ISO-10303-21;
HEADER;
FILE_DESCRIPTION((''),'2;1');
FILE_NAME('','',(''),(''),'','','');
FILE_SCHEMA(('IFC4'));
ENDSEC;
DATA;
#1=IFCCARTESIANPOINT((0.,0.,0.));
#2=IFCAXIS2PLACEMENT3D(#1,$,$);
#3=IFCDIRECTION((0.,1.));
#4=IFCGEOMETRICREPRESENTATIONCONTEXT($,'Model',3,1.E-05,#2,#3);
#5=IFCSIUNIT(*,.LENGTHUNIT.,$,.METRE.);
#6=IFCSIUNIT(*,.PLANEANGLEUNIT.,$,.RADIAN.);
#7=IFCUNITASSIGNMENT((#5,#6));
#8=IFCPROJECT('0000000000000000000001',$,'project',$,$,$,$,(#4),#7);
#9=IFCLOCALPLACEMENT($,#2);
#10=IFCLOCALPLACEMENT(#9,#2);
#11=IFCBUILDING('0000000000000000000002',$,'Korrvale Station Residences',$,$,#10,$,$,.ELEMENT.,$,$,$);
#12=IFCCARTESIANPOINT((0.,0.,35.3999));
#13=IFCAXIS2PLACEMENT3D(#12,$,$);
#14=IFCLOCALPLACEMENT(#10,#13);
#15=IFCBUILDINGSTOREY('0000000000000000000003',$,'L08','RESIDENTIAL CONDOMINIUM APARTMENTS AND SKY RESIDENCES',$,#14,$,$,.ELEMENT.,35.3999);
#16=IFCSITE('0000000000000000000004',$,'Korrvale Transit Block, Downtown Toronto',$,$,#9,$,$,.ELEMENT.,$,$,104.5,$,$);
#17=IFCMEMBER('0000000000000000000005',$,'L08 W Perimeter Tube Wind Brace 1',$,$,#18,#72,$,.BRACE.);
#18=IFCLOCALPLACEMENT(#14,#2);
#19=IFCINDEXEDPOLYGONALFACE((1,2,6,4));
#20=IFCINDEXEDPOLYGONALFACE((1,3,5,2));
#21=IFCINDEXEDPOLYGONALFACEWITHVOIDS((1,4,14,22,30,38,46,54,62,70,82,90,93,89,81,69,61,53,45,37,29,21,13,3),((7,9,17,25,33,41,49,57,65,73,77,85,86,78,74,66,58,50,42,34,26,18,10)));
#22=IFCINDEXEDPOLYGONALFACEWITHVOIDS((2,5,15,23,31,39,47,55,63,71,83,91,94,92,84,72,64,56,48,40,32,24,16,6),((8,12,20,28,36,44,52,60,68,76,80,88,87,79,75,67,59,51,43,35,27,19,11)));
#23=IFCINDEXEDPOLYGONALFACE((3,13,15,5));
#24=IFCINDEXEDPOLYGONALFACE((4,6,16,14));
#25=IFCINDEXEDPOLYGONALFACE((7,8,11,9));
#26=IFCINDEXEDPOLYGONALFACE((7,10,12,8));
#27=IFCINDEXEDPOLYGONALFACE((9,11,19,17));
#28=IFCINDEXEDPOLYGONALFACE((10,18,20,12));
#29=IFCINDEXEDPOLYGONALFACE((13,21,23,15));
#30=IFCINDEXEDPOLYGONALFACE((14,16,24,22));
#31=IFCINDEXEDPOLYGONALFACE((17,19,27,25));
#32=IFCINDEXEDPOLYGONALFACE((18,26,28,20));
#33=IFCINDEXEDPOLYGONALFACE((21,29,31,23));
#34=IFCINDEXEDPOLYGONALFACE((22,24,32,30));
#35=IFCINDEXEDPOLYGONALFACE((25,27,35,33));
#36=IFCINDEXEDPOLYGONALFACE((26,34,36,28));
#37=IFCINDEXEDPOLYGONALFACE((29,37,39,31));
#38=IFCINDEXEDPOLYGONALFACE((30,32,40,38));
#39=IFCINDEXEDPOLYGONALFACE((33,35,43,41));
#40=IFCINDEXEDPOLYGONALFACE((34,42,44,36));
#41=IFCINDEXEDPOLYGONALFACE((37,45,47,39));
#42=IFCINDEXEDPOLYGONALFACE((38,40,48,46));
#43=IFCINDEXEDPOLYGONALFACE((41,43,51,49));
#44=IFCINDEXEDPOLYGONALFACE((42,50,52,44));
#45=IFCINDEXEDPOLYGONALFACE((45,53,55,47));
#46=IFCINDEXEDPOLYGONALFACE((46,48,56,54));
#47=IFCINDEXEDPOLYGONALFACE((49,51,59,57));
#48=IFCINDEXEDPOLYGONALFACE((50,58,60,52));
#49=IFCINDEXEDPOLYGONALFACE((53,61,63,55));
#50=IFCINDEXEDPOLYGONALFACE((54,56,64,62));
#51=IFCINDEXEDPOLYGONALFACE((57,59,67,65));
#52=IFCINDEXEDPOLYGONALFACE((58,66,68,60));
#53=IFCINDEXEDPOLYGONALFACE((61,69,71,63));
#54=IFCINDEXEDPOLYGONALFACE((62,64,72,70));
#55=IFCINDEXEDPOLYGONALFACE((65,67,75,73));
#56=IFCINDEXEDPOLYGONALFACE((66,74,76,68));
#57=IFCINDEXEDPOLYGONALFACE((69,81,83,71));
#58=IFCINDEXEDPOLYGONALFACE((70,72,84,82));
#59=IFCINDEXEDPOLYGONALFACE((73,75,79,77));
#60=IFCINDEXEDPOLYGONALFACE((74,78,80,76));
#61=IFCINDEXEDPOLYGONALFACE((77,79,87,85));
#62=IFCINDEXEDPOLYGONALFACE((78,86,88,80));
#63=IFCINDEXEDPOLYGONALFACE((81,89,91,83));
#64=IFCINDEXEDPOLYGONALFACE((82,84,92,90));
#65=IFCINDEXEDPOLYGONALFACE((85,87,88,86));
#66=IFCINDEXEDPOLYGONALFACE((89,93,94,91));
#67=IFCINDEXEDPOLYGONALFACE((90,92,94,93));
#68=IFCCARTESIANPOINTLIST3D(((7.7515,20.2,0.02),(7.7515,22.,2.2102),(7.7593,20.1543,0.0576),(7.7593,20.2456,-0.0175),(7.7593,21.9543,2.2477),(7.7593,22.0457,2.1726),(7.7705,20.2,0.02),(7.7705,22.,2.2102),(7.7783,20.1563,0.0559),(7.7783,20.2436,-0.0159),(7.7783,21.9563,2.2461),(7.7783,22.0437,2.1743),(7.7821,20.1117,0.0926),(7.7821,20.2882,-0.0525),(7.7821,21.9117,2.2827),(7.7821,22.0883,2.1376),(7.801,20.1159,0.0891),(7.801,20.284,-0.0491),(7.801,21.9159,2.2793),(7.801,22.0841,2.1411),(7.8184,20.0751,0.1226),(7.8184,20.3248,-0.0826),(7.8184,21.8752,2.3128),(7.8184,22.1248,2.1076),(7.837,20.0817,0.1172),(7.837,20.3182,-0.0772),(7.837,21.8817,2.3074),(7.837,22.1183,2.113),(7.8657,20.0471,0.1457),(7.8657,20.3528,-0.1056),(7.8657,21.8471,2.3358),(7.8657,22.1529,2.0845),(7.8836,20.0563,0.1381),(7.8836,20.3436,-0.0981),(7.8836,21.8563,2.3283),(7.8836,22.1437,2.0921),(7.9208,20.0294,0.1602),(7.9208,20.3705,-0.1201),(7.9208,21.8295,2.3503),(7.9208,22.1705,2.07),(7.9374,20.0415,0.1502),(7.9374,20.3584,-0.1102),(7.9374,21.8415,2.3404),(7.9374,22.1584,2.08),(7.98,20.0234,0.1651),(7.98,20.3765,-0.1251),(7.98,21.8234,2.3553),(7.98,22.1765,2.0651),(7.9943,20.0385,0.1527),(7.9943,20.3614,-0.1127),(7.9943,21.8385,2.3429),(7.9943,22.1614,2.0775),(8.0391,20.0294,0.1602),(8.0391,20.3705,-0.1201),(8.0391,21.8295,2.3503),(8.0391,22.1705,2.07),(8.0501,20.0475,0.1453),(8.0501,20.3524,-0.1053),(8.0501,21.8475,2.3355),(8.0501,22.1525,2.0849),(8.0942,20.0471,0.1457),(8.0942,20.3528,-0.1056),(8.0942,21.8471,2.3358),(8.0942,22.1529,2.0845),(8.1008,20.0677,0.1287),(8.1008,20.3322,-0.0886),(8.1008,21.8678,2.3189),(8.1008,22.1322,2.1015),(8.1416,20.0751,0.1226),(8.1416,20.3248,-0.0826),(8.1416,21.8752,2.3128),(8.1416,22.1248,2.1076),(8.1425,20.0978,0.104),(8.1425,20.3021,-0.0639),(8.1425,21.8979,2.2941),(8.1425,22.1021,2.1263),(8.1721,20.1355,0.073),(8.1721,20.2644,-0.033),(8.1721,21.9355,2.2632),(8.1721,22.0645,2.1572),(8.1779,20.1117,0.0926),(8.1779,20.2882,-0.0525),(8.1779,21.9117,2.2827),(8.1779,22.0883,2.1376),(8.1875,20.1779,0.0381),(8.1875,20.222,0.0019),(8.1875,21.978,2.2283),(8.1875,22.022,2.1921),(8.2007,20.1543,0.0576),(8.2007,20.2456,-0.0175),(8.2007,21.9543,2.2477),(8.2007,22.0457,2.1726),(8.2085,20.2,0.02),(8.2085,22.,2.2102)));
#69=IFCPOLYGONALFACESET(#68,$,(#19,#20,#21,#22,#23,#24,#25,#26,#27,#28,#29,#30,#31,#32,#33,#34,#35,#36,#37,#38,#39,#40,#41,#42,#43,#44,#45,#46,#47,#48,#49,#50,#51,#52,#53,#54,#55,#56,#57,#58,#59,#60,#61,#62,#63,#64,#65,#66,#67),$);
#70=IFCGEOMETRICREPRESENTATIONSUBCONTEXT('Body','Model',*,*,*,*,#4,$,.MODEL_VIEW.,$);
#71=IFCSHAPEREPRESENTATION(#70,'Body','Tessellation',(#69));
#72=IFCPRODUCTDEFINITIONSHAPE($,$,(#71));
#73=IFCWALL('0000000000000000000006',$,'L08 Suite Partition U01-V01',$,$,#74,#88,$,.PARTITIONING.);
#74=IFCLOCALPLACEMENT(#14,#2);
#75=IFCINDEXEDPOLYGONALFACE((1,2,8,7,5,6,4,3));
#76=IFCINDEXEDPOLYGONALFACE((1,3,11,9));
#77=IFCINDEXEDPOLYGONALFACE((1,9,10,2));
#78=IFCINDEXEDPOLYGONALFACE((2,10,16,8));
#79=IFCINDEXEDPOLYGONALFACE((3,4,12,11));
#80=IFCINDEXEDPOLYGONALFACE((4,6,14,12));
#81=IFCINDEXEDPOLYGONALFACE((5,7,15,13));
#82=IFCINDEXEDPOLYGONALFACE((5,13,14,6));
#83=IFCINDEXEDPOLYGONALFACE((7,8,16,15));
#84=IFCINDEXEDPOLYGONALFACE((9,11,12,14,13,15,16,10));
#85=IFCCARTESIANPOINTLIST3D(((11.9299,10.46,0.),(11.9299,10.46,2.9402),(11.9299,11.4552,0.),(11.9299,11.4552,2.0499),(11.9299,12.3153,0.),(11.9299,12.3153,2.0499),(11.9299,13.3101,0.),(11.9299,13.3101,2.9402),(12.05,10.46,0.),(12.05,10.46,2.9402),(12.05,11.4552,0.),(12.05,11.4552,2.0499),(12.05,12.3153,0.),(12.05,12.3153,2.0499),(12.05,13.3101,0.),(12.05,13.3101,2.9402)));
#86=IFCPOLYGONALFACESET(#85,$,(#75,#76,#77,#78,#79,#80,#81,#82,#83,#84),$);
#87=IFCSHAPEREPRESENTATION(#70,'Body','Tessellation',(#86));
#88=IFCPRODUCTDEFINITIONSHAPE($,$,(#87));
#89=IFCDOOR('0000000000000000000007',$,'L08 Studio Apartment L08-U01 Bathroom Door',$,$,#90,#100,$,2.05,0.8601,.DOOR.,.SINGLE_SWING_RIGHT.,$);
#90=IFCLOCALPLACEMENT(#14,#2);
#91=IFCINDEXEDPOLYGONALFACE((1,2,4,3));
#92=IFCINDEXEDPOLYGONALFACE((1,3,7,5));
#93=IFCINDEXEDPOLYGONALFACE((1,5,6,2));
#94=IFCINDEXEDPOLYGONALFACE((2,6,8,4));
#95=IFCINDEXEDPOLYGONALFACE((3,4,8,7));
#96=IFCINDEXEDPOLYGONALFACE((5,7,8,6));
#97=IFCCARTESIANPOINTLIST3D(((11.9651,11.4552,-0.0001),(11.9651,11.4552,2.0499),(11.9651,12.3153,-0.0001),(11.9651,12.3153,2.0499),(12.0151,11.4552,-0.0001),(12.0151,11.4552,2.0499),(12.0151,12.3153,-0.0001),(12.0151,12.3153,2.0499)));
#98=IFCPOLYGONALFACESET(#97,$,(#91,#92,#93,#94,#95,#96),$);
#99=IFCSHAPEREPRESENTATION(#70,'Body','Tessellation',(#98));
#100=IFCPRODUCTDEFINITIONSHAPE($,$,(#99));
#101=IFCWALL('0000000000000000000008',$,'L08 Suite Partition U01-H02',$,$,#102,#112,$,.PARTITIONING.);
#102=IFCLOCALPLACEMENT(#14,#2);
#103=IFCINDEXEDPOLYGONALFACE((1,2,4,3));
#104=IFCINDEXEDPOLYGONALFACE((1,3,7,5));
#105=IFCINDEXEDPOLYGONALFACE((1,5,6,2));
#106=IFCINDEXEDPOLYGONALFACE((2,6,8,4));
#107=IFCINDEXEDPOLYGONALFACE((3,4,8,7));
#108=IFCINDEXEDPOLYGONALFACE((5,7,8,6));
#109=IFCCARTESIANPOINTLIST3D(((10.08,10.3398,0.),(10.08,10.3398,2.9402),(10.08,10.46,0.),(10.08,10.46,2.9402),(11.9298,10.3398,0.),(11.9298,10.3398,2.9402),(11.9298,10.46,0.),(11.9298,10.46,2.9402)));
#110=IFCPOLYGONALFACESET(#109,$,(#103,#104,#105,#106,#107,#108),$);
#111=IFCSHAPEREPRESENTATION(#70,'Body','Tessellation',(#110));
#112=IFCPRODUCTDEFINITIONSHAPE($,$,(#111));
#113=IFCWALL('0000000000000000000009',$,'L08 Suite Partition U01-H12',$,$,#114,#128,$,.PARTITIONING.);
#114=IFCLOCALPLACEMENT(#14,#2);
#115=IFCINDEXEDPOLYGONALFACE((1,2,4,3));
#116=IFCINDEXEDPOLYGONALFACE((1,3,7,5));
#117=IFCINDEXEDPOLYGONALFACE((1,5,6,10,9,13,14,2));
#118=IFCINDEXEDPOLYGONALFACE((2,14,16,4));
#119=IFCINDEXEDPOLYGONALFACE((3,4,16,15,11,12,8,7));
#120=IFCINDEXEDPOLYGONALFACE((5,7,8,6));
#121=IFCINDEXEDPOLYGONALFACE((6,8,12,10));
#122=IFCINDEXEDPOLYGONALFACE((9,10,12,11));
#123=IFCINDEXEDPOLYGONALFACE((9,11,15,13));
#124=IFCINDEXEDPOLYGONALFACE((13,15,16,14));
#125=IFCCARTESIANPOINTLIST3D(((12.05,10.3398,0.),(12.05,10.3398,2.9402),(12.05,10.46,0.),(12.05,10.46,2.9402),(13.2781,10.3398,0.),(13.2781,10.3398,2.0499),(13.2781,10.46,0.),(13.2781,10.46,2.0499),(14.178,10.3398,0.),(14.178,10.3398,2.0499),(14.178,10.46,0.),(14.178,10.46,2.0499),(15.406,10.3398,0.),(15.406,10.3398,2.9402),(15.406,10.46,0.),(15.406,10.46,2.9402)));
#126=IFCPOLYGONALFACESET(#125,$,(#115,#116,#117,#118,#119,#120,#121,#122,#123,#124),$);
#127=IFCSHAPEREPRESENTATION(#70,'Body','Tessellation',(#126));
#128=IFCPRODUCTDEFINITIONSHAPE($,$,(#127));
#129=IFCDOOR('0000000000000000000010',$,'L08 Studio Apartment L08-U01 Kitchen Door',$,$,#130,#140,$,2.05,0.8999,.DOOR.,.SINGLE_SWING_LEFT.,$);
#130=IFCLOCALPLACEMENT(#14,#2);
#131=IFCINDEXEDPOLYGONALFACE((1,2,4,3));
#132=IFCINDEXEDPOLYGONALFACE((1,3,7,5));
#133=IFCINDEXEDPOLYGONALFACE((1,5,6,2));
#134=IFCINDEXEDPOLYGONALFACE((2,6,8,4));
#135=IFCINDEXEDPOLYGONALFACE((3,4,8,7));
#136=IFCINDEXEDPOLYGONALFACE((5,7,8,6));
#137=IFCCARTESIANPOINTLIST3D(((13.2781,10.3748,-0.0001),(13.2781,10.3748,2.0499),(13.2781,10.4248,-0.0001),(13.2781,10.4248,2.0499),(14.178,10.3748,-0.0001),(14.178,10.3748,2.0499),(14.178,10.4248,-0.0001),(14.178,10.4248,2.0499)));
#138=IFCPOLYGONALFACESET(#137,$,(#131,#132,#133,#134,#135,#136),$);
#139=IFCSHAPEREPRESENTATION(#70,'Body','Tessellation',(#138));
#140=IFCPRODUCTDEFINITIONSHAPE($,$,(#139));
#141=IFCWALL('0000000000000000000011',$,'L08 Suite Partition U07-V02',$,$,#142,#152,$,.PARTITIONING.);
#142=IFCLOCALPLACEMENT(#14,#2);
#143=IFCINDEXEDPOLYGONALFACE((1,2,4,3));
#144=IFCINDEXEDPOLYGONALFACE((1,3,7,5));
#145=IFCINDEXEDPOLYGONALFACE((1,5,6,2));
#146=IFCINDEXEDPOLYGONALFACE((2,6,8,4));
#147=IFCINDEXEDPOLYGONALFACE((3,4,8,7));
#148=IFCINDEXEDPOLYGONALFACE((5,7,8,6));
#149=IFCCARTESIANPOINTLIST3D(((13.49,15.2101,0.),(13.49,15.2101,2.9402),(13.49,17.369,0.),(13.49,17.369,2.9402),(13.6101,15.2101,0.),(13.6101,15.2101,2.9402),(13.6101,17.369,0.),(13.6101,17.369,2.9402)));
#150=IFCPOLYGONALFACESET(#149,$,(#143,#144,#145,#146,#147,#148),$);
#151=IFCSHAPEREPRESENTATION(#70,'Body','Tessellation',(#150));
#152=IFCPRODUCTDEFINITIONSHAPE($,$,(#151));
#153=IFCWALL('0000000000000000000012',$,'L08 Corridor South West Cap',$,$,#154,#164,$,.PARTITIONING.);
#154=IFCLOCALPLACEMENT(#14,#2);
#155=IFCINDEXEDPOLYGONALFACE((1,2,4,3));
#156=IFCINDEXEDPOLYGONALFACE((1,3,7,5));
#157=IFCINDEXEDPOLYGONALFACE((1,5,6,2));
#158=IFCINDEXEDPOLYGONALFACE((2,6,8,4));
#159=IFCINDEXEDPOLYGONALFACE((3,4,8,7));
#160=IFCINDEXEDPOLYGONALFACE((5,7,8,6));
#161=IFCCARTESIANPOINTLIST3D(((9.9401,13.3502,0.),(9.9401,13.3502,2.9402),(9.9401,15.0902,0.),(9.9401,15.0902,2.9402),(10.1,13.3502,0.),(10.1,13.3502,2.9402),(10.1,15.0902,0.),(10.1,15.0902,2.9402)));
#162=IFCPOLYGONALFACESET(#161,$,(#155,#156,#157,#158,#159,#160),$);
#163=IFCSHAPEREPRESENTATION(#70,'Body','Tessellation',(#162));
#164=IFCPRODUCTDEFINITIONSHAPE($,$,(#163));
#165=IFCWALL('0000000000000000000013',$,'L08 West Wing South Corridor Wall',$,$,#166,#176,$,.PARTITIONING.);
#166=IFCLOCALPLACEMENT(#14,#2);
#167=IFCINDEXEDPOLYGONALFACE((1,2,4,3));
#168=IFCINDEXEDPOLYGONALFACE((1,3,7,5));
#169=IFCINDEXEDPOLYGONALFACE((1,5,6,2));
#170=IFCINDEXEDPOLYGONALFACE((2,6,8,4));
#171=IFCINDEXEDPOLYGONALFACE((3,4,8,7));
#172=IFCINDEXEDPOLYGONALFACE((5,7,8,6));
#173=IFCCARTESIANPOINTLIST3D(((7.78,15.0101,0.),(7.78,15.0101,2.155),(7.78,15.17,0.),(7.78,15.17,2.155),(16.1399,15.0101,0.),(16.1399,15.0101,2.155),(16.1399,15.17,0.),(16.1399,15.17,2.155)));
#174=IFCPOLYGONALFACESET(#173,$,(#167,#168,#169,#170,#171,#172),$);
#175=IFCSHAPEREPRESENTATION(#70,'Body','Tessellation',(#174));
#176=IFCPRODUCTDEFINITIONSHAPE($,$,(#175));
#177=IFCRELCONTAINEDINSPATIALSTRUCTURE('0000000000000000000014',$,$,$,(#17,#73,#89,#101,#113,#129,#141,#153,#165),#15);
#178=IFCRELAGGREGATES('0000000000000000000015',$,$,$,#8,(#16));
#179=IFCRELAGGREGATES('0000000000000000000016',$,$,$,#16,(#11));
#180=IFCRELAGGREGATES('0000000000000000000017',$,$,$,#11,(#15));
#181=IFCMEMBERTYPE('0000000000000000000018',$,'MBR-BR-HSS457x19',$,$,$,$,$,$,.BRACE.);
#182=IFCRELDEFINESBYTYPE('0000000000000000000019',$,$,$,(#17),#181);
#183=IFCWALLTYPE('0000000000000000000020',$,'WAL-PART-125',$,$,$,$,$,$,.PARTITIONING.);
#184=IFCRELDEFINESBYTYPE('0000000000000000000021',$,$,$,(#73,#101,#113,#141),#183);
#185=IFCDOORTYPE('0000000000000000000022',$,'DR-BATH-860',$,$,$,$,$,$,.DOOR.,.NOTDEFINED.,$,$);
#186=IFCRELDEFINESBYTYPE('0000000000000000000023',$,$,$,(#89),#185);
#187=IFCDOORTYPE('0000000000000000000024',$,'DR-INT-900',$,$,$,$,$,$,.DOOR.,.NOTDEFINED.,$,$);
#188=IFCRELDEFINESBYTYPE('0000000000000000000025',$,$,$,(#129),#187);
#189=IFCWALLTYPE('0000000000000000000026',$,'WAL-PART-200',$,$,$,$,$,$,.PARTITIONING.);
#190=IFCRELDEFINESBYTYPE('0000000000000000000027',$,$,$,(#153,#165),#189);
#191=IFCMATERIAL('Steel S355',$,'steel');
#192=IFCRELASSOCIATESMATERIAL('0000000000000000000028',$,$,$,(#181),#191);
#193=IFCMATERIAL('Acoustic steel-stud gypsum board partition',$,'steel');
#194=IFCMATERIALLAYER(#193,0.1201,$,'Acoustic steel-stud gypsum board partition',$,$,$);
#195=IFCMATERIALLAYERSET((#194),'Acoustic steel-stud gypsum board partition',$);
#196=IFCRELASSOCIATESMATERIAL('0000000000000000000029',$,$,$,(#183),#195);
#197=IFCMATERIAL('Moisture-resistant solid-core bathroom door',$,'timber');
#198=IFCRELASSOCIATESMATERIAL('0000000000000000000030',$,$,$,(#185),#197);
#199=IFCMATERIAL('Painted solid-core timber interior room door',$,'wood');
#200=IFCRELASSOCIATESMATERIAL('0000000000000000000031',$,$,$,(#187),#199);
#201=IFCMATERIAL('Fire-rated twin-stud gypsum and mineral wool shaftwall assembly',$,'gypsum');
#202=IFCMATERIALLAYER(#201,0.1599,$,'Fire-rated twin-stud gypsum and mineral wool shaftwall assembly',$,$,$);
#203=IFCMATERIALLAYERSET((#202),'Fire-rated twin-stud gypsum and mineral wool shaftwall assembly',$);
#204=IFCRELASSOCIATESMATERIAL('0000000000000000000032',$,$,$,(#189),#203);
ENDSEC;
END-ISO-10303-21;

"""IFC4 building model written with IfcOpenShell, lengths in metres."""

from ifc_helpers import new_model, si_unit, direction, frame, frame_2d, origin, origin_2d, place, context, subcontext, project, spatial, rectangle, hollow_circle, extrude, material, layer, layer_set, material_profile, profile_set, type_object, element, fill, save


model = new_model("IFC4")

# Units and contexts
model_context = context("Model", 3, precision=1e-05, world=origin(), true_north=direction((0.0, 1.0)))
body_context = subcontext(model_context, "Body", "Model", "MODEL_VIEW")
ifc_project = project(units=[si_unit("LENGTHUNIT", "METRE"), si_unit("PLANEANGLEUNIT", "RADIAN")], contexts=[model_context])

# Site, building, storey
site_placement = place(None, origin())
site = spatial("IfcSite", under=ifc_project, at=site_placement, Name="Korrvale Transit Block, Downtown Toronto", CompositionType="ELEMENT", RefElevation=104.5)
building_placement = place(site_placement, origin())
building = spatial("IfcBuilding", under=site, at=building_placement, Name="Korrvale Station Residences", CompositionType="ELEMENT")
storey_placement = place(building_placement, frame((0.0, 0.0, 35.3999)))
storey = spatial("IfcBuildingStorey", under=building, at=storey_placement, Name="L08", Description="RESIDENTIAL CONDOMINIUM APARTMENTS AND SKY RESIDENCES", CompositionType="ELEMENT", Elevation=35.3999)

# Shared definitions
ifc_material_1 = material(Name="Steel S355", Category="steel")

# Member
ifc_material_profile_1 = material_profile(ifc_material_1, hollow_circle(Radius=0.2285, WallThickness=0.019, at=origin_2d()), Name="HSS457x19")
ifc_profile_set_1 = profile_set([ifc_material_profile_1], Name="Steel S355")
member_type = type_object("IfcMemberType", Name="MBR-BR-HSS457x19", PredefinedType="BRACE", material=ifc_profile_set_1)
member_placement = place(storey_placement, frame((7.98, 20.2, 0.02), z_axis=(0.0, 0.634943, 0.772559), x_axis=(-1.0, 0.0, 0.0)))
element("IfcMember", 1, at=member_placement, inside=storey, type_object=member_type, Name="L08 W Perimeter Tube Wind Brace 1", PredefinedType="BRACE", context=body_context, shape_type="SweptSolid", body=[
    extrude(hollow_circle(Radius=0.2285, WallThickness=0.019, at=origin_2d()), origin(), (0.0, 0.0, 1.0), 2.835),
])

# Wall, opening, door
ifc_material_2 = material(Name="Acoustic steel-stud gypsum board partition", Category="steel")
ifc_layer_1 = layer(ifc_material_2, 0.1201, Name="Acoustic steel-stud gypsum board partition")
ifc_layer_set_1 = layer_set([ifc_layer_1], Name="Acoustic steel-stud gypsum board partition")
wall_type_1 = type_object("IfcWallType", Name="WAL-PART-125", PredefinedType="PARTITIONING", material=ifc_layer_set_1)
wall_1_placement = place(storey_placement, frame((11.99, 10.46, 0.0), z_axis=(0.0, 0.0, 1.0), x_axis=(0.0, 1.0, 0.0)))
wall_1 = element("IfcWall", 2, at=wall_1_placement, inside=storey, type_object=wall_type_1, Name="L08 Suite Partition U01-V01", PredefinedType="PARTITIONING", context=body_context, shape_type="SweptSolid", body=[
    extrude(rectangle(XDim=2.8501, YDim=0.1201, at=frame_2d((1.425, 0.0))), origin(), (0.0, 0.0, 1.0), 2.9402),
])
opening_1_placement = place(wall_1_placement, frame((0.9951, 0.0, 0.0)))
opening_1 = element("IfcOpeningElement", 3, at=opening_1_placement, cuts=wall_1, PredefinedType="OPENING", context=body_context, shape_type="SweptSolid", body=[
    extrude(rectangle(XDim=0.8601, YDim=2.05, at=frame_2d((0.4302, 1.0249))), frame((0.0, 0.0701, 0.0), z_axis=(0.0, -1.0, 0.0), x_axis=(1.0, 0.0, 0.0)), (0.0, 0.0, 1.0), 0.1401),
])
ifc_material_3 = material(Name="Moisture-resistant solid-core bathroom door", Category="timber")
door_type_1 = type_object("IfcDoorType", Name="DR-BATH-860", OperationType="NOTDEFINED", PredefinedType="DOOR", material=ifc_material_3)
door_1_placement = place(opening_1_placement, origin())
door_1 = element("IfcDoor", 4, at=door_1_placement, inside=storey, type_object=door_type_1, Name="L08 Studio Apartment L08-U01 Bathroom Door", OperationType="SINGLE_SWING_RIGHT", OverallHeight=2.05, OverallWidth=0.8601, PredefinedType="DOOR", context=body_context, shape_type="SweptSolid", body=[
    extrude(rectangle(XDim=0.8601, YDim=2.05, at=frame_2d((0.4302, 1.0249))), frame((0.0, 0.0249, 0.0), z_axis=(0.0, -1.0, 0.0), x_axis=(1.0, 0.0, 0.0)), (0.0, 0.0, 1.0), 0.05),
])
fill(opening_1, door_1)

# Wall
wall_2_placement = place(storey_placement, frame((10.0801, 10.3999, 0.0), z_axis=(0.0, 0.0, 1.0), x_axis=(1.0, 0.0, 0.0)))
element("IfcWall", 5, at=wall_2_placement, inside=storey, type_object=wall_type_1, Name="L08 Suite Partition U01-H02", PredefinedType="PARTITIONING", context=body_context, shape_type="SweptSolid", body=[
    extrude(rectangle(XDim=1.8499, YDim=0.1201, at=frame_2d((0.9248, 0.0))), origin(), (0.0, 0.0, 1.0), 2.9402),
])

# Wall, opening, door
wall_3_placement = place(storey_placement, frame((12.05, 10.3999, 0.0), z_axis=(0.0, 0.0, 1.0), x_axis=(1.0, 0.0, 0.0)))
wall_3 = element("IfcWall", 6, at=wall_3_placement, inside=storey, type_object=wall_type_1, Name="L08 Suite Partition U01-H12", PredefinedType="PARTITIONING", context=body_context, shape_type="SweptSolid", body=[
    extrude(rectangle(XDim=3.356, YDim=0.1201, at=frame_2d((1.678, 0.0))), origin(), (0.0, 0.0, 1.0), 2.9402),
])
opening_2_placement = place(wall_3_placement, frame((1.228, 0.0, 0.0)))
opening_2 = element("IfcOpeningElement", 7, at=opening_2_placement, cuts=wall_3, PredefinedType="OPENING", context=body_context, shape_type="SweptSolid", body=[
    extrude(rectangle(XDim=0.8999, YDim=2.05, at=frame_2d((0.45, 1.0249))), frame((0.0, 0.0701, 0.0), z_axis=(0.0, -1.0, 0.0), x_axis=(1.0, 0.0, 0.0)), (0.0, 0.0, 1.0), 0.1401),
])
ifc_material_4 = material(Name="Painted solid-core timber interior room door", Category="wood")
door_type_2 = type_object("IfcDoorType", Name="DR-INT-900", OperationType="NOTDEFINED", PredefinedType="DOOR", material=ifc_material_4)
door_2_placement = place(opening_2_placement, origin())
door_2 = element("IfcDoor", 8, at=door_2_placement, inside=storey, type_object=door_type_2, Name="L08 Studio Apartment L08-U01 Kitchen Door", OperationType="SINGLE_SWING_LEFT", OverallHeight=2.05, OverallWidth=0.8999, PredefinedType="DOOR", context=body_context, shape_type="SweptSolid", body=[
    extrude(rectangle(XDim=0.8999, YDim=2.05, at=frame_2d((0.45, 1.0249))), frame((0.0, 0.0249, 0.0), z_axis=(0.0, -1.0, 0.0), x_axis=(1.0, 0.0, 0.0)), (0.0, 0.0, 1.0), 0.05),
])
fill(opening_2, door_2)

# Walls
wall_4_placement = place(storey_placement, frame((13.55, 15.21, 0.0), z_axis=(0.0, 0.0, 1.0), x_axis=(0.0, 1.0, 0.0)))
element("IfcWall", 9, at=wall_4_placement, inside=storey, type_object=wall_type_1, Name="L08 Suite Partition U07-V02", PredefinedType="PARTITIONING", context=body_context, shape_type="SweptSolid", body=[
    extrude(rectangle(XDim=2.1589, YDim=0.1201, at=frame_2d((1.0796, 0.0))), origin(), (0.0, 0.0, 1.0), 2.9402),
])
ifc_material_5 = material(Name="Fire-rated twin-stud gypsum and mineral wool shaftwall assembly", Category="gypsum")
ifc_layer_2 = layer(ifc_material_5, 0.1599, Name="Fire-rated twin-stud gypsum and mineral wool shaftwall assembly")
ifc_layer_set_2 = layer_set([ifc_layer_2], Name="Fire-rated twin-stud gypsum and mineral wool shaftwall assembly")
wall_type_2 = type_object("IfcWallType", Name="WAL-PART-200", PredefinedType="PARTITIONING", material=ifc_layer_set_2)
wall_5_placement = place(storey_placement, frame((10.02, 13.3501, 0.0), z_axis=(0.0, 0.0, 1.0), x_axis=(0.0, 1.0, 0.0)))
element("IfcWall", 10, at=wall_5_placement, inside=storey, type_object=wall_type_2, Name="L08 Corridor South West Cap", PredefinedType="PARTITIONING", context=body_context, shape_type="SweptSolid", body=[
    extrude(rectangle(XDim=1.74, YDim=0.1599, at=frame_2d((0.8701, 0.0))), origin(), (0.0, 0.0, 1.0), 2.9402),
])
wall_6_placement = place(storey_placement, frame((7.78, 15.0901, 0.0), z_axis=(0.0, 0.0, 1.0), x_axis=(1.0, 0.0, 0.0)))
element("IfcWall", 11, at=wall_6_placement, inside=storey, type_object=wall_type_2, Name="L08 West Wing South Corridor Wall", PredefinedType="PARTITIONING", context=body_context, shape_type="SweptSolid", body=[
    extrude(rectangle(XDim=8.3599, YDim=0.1599, at=frame_2d((4.1799, 0.0))), origin(), (0.0, 0.0, 1.0), 2.155),
])

save(model, "model.ifc")
